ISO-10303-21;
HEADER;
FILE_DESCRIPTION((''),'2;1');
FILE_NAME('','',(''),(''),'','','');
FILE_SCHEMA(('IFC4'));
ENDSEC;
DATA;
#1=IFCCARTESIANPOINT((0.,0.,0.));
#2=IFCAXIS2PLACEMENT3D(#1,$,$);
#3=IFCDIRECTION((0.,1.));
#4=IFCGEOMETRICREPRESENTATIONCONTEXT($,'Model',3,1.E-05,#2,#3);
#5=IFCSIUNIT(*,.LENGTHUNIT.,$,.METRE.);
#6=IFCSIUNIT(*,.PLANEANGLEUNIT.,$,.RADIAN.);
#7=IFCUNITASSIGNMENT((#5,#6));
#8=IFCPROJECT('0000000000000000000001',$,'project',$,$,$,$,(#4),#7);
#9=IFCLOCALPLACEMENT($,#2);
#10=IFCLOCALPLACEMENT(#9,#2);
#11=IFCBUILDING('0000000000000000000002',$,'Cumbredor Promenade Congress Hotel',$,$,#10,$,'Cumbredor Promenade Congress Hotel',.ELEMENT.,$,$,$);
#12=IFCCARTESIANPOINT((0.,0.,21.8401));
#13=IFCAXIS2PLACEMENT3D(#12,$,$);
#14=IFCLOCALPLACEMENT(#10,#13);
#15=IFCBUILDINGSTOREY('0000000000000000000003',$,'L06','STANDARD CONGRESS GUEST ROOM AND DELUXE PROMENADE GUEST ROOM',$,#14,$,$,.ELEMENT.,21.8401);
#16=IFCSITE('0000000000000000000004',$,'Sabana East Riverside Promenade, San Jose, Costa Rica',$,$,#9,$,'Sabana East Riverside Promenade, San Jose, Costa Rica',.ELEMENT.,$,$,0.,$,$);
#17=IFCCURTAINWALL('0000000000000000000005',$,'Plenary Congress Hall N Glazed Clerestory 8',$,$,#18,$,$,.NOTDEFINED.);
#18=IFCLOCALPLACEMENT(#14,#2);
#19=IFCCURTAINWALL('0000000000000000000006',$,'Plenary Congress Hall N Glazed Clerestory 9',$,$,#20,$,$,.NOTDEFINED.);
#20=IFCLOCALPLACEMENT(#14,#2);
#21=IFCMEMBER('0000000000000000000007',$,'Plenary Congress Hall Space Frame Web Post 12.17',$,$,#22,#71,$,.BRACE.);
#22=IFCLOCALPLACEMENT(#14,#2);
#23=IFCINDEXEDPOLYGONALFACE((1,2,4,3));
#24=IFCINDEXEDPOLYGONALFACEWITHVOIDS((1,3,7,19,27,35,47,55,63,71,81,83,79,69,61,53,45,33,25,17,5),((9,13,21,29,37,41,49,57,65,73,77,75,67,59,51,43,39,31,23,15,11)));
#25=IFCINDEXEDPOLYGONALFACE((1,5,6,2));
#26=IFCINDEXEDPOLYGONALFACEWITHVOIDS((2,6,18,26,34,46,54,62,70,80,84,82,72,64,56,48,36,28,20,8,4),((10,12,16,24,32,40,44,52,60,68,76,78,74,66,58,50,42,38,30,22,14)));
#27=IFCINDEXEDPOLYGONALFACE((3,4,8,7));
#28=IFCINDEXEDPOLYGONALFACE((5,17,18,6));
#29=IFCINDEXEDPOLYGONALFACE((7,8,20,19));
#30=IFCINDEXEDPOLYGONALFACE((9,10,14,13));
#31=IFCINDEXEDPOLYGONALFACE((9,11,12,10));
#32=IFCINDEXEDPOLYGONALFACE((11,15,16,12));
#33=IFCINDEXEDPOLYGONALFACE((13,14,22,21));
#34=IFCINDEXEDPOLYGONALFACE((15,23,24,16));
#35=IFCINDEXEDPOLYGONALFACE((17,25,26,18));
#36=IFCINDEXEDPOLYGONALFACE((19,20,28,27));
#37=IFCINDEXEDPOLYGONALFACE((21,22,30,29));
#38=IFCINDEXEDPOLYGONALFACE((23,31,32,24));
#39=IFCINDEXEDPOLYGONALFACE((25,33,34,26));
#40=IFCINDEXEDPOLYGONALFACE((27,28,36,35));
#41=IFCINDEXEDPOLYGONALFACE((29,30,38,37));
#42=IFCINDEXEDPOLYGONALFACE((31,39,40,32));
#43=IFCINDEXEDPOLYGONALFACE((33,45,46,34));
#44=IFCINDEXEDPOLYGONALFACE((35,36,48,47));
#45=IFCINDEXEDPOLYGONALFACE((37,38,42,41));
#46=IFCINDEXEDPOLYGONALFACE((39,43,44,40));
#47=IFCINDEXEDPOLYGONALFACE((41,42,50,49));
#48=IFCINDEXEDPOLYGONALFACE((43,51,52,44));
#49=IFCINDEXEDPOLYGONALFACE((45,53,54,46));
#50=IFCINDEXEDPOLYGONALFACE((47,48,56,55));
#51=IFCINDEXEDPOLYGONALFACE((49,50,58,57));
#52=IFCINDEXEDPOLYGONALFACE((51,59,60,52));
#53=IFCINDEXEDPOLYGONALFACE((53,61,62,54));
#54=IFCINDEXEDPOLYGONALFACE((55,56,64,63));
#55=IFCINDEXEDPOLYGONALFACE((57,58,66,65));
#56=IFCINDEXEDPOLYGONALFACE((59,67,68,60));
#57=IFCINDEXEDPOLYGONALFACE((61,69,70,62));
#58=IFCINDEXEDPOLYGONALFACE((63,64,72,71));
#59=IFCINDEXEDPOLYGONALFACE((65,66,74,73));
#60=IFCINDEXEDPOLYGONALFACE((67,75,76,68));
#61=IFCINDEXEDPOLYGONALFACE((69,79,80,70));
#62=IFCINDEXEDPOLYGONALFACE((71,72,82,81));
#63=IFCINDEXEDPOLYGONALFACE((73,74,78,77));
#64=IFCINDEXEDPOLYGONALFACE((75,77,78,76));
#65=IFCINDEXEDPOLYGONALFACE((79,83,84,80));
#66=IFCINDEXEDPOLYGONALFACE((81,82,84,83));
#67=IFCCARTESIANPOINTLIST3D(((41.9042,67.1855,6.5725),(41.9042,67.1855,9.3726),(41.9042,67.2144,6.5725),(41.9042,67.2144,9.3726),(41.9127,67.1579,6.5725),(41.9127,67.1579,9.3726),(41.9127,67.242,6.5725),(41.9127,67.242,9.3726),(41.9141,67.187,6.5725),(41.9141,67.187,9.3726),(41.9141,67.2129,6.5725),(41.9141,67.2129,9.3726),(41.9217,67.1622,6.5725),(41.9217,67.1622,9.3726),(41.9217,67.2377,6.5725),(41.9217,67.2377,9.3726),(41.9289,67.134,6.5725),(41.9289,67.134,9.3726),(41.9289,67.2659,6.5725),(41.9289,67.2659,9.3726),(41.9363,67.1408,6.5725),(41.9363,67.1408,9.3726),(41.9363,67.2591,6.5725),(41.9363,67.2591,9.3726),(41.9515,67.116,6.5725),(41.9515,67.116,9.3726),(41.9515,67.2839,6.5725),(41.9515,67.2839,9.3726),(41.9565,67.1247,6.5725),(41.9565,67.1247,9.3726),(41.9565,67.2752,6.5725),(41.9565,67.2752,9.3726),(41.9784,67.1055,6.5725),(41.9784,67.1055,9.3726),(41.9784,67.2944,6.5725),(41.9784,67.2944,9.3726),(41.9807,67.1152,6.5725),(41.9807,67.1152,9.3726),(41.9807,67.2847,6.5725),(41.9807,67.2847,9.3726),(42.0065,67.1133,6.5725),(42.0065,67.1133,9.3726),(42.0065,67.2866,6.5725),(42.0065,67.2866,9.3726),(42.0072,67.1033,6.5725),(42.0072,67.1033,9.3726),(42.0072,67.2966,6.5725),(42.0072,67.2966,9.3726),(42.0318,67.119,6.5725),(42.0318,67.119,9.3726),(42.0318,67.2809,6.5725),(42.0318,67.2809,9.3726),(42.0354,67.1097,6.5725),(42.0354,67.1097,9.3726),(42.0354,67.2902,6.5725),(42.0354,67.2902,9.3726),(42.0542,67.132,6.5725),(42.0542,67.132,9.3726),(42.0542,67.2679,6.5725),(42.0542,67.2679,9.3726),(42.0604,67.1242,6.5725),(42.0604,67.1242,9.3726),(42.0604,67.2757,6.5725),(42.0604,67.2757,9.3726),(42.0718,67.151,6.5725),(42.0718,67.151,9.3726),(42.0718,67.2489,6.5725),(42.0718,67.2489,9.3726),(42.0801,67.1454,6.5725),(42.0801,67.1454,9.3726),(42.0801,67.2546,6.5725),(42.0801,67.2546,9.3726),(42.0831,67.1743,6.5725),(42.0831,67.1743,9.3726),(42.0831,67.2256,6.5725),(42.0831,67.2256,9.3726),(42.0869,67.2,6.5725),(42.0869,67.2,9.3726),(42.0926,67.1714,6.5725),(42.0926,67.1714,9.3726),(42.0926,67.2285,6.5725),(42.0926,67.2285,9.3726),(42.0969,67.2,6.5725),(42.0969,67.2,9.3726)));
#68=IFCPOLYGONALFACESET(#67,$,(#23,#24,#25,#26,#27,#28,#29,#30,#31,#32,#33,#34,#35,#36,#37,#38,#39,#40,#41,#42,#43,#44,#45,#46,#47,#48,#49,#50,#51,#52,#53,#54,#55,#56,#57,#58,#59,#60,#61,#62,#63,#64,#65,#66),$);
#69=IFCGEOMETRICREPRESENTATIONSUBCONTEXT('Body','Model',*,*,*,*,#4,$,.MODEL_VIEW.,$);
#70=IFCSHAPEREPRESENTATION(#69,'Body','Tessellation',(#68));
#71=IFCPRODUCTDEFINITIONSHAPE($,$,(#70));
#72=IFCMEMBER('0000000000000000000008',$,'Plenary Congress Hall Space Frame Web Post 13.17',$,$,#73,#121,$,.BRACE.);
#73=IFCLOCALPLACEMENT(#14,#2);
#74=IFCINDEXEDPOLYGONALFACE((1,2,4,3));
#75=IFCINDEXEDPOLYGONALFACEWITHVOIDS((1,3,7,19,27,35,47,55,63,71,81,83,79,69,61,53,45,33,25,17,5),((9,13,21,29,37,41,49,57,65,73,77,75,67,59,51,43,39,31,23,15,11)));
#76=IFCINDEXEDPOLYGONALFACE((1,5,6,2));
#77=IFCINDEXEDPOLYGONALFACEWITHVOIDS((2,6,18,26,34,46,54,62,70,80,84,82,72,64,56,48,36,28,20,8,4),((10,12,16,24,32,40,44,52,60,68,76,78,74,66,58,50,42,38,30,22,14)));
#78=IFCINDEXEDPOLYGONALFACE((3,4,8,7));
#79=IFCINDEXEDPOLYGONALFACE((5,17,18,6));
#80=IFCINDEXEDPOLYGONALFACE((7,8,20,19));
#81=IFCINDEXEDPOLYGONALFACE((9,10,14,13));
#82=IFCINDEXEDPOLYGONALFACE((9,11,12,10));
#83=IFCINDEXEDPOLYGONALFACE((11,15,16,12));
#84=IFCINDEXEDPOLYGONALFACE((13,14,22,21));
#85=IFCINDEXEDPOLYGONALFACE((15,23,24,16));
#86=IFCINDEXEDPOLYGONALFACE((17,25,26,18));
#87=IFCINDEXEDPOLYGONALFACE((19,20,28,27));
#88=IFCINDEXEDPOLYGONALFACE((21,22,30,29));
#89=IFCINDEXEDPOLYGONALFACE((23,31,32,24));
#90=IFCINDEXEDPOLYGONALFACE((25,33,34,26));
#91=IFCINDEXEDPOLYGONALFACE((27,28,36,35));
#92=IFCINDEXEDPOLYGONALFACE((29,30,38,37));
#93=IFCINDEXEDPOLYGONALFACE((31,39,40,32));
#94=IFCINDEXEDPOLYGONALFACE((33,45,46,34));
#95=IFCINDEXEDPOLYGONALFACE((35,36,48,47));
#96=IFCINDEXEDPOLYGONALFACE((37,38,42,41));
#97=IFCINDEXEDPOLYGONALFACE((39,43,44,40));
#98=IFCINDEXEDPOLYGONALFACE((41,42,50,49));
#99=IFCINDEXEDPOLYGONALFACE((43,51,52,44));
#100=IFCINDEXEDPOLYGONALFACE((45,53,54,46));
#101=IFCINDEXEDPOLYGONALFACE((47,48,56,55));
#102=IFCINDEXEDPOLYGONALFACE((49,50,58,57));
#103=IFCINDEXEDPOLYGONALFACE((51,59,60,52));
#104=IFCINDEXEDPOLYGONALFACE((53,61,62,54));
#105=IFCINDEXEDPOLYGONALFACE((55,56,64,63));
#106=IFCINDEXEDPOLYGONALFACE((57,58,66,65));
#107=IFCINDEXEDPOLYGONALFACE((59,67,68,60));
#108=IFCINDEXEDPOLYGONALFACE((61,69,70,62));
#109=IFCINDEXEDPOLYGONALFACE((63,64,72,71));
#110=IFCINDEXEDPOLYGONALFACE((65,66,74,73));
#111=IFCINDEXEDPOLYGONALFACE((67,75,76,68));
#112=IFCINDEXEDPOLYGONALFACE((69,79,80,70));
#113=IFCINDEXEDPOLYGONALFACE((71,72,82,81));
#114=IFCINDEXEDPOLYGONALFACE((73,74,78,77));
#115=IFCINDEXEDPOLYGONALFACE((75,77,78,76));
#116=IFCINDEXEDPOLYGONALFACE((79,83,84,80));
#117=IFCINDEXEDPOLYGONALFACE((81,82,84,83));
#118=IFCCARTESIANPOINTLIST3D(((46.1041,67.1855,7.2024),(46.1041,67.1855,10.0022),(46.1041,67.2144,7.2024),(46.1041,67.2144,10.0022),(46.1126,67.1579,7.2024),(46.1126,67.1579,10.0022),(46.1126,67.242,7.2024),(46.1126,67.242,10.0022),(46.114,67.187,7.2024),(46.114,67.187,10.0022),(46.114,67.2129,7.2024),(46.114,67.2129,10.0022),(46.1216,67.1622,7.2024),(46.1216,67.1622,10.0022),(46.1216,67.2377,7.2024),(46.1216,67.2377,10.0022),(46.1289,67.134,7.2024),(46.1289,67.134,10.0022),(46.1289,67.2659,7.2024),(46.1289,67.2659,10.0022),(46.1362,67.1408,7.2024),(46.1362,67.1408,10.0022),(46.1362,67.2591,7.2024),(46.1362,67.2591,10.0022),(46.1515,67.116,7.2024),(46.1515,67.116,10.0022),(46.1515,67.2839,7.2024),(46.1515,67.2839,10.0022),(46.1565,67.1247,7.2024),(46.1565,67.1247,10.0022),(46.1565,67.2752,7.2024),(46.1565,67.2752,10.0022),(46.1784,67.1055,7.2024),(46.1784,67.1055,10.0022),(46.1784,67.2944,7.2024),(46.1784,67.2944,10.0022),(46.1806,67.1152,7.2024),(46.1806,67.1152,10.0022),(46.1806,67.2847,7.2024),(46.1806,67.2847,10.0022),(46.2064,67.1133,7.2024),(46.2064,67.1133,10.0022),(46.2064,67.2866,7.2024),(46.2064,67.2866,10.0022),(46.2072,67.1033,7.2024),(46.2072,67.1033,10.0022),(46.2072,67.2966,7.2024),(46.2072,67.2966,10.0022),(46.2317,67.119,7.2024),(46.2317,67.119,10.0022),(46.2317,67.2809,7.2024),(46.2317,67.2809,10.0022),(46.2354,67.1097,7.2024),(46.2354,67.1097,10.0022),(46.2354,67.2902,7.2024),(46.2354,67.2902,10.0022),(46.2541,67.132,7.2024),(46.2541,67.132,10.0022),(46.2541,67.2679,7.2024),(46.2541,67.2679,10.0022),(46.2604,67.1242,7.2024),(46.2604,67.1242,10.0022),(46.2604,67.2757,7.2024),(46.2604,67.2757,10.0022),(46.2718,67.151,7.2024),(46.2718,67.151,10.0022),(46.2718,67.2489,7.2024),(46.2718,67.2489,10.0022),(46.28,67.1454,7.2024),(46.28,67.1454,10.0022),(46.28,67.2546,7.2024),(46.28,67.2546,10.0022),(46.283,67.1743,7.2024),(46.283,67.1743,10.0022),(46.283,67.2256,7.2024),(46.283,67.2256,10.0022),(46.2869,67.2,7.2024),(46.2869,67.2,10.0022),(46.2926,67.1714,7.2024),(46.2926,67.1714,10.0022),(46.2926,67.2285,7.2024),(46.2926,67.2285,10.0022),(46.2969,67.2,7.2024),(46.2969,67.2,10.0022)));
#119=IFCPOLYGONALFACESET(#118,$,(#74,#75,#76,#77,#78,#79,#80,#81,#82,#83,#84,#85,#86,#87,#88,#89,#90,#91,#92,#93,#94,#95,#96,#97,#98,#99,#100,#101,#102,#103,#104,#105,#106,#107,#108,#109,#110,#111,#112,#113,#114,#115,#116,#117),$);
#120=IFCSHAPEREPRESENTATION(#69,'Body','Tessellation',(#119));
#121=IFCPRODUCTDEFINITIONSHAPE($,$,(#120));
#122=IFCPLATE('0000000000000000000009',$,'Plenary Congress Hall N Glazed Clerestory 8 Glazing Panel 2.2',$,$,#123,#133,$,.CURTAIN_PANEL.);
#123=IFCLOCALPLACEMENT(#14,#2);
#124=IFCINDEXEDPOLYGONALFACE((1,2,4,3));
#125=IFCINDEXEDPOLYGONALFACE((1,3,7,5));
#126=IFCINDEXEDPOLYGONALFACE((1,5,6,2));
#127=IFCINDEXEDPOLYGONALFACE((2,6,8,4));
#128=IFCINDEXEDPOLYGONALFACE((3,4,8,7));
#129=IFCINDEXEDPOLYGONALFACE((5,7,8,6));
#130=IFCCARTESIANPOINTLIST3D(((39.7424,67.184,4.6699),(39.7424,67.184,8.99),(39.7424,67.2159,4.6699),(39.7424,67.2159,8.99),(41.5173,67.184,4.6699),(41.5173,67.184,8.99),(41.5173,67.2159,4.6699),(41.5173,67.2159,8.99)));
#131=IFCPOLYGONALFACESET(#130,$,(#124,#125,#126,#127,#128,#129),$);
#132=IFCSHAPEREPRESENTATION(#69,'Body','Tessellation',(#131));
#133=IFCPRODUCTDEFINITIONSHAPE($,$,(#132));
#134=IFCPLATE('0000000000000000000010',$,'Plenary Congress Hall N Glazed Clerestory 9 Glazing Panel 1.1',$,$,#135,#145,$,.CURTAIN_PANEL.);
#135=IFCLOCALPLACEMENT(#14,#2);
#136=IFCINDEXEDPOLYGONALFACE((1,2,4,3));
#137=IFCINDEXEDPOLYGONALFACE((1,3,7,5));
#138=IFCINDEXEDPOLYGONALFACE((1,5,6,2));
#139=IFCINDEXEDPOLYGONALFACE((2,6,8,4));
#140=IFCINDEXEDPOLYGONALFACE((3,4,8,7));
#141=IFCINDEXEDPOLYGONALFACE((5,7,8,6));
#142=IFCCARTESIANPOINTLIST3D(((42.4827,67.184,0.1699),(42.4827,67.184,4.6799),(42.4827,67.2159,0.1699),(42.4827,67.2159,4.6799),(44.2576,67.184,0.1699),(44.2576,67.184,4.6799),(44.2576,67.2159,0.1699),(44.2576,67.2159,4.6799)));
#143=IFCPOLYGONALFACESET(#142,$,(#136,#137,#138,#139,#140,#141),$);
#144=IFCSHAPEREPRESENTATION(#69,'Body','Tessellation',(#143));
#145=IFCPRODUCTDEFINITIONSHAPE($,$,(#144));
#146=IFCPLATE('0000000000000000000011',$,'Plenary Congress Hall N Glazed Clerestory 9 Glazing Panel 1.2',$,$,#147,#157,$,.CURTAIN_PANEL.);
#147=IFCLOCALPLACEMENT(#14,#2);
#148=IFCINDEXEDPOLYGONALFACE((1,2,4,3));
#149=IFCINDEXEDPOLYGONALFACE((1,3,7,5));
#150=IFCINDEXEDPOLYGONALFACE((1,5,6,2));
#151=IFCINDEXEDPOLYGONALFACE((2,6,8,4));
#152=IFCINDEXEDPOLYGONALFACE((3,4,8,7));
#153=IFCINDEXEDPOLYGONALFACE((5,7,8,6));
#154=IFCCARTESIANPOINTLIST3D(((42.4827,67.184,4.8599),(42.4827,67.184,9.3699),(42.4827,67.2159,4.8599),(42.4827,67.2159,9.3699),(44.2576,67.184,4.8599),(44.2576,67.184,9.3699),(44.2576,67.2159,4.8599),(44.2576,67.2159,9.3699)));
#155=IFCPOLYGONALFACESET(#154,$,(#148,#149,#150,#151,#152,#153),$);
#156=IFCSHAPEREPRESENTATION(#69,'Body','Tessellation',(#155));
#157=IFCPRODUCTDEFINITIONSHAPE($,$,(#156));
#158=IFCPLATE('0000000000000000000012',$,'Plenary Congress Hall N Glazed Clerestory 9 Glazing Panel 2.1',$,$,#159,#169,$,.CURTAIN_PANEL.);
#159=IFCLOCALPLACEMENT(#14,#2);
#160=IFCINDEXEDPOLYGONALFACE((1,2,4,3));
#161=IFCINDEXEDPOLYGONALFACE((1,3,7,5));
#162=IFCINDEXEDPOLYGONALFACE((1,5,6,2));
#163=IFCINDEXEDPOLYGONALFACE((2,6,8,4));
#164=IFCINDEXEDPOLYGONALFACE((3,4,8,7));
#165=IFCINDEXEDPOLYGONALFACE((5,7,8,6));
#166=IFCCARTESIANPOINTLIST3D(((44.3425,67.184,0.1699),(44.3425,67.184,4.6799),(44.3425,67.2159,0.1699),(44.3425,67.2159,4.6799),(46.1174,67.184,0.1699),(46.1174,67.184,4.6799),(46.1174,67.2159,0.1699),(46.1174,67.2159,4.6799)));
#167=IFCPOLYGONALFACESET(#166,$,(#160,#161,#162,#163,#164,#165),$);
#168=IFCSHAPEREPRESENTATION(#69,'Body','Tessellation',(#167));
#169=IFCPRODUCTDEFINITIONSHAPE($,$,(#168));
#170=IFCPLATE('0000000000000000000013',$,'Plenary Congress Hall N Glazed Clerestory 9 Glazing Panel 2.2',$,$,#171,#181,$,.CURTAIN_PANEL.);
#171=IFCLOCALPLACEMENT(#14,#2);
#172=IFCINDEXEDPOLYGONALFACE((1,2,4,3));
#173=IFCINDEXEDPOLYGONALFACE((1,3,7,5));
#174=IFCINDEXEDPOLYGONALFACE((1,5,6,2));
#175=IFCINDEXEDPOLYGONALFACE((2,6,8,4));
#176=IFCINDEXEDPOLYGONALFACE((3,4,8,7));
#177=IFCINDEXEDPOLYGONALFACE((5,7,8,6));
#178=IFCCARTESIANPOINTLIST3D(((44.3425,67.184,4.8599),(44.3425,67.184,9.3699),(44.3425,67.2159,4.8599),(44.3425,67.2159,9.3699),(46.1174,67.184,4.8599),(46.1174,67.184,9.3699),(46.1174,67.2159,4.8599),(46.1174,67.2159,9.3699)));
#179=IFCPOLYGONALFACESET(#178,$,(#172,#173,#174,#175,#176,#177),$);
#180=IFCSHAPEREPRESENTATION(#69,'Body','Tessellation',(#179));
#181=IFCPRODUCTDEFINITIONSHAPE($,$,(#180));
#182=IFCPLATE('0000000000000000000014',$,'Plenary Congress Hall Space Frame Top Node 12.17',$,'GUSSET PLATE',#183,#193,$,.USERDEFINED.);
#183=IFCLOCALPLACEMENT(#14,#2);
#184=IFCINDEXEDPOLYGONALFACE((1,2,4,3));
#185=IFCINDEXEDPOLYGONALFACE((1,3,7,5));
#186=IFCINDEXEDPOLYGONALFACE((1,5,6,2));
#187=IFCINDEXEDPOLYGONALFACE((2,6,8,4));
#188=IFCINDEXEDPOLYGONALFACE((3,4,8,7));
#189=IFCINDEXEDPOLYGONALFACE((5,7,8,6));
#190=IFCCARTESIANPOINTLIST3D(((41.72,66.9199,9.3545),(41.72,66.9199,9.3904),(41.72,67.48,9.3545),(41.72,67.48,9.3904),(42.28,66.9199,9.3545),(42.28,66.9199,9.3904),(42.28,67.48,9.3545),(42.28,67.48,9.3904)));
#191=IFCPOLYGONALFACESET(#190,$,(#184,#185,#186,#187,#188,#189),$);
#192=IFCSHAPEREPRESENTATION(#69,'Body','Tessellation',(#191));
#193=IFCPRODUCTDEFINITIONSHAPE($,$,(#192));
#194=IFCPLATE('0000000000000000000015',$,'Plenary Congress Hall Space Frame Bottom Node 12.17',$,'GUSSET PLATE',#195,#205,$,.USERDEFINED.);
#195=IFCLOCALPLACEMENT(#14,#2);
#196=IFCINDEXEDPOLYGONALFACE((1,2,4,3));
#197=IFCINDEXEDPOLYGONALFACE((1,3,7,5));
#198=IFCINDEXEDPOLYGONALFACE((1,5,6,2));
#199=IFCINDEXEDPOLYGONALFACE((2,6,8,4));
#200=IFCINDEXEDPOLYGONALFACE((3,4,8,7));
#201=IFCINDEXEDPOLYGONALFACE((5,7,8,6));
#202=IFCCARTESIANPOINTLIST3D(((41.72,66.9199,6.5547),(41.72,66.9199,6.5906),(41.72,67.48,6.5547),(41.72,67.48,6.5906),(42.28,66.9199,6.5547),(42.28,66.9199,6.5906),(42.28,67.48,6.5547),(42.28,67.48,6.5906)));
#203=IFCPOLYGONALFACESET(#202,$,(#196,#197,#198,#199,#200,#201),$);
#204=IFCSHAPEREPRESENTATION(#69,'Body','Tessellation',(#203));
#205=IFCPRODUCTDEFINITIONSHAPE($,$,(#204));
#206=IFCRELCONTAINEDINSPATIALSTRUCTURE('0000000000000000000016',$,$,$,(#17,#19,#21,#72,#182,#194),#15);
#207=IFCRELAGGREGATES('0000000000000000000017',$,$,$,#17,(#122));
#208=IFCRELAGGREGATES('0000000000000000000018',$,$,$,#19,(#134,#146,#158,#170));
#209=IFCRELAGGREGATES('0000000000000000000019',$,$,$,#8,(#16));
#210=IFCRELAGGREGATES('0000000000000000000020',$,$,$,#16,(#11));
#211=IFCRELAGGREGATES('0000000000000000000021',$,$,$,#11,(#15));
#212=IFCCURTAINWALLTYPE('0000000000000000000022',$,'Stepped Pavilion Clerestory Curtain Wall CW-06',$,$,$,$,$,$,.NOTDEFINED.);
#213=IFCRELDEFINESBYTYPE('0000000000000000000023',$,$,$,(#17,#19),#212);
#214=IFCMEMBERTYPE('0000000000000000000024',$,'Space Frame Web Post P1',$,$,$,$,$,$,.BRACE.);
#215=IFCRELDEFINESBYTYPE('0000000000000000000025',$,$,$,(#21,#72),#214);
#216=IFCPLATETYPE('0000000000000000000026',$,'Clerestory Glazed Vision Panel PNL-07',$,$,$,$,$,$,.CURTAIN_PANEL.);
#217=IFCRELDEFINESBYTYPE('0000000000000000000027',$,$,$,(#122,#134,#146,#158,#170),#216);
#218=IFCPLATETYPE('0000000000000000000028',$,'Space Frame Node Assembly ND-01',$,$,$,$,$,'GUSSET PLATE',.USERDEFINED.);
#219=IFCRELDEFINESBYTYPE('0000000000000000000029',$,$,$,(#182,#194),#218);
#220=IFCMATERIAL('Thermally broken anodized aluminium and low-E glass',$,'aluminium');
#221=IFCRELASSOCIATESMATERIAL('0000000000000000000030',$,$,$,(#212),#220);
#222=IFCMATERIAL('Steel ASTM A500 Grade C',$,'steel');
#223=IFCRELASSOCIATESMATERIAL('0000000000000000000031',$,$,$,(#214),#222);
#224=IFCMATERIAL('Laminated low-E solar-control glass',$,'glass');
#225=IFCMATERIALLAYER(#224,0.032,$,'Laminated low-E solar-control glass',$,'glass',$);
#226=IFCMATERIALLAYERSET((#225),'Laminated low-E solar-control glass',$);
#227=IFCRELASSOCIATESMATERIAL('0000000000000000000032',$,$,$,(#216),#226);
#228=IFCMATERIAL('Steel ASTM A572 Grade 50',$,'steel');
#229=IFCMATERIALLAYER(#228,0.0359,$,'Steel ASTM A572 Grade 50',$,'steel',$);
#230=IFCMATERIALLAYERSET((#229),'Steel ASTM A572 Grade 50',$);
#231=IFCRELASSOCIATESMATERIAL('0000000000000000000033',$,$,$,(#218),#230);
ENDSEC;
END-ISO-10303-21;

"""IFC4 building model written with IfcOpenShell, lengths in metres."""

from ifc_helpers import new_model, si_unit, direction, frame, origin, origin_2d, place, context, subcontext, project, spatial, rectangle, hollow_circle, extrude, material, layer, layer_set, material_profile, profile_set, type_object, element, aggregate, save


model = new_model("IFC4")

# Units and contexts
model_context = context("Model", 3, precision=1e-05, world=origin(), true_north=direction((0.0, 1.0)))
body_context = subcontext(model_context, "Body", "Model", "MODEL_VIEW")
ifc_project = project(units=[si_unit("LENGTHUNIT", "METRE"), si_unit("PLANEANGLEUNIT", "RADIAN")], contexts=[model_context])

# Site, building, storey
site_placement = place(None, origin())
site = spatial("IfcSite", under=ifc_project, at=site_placement, Name="Sabana East Riverside Promenade, San Jose, Costa Rica", LongName="Sabana East Riverside Promenade, San Jose, Costa Rica", CompositionType="ELEMENT", RefElevation=0.0)
building_placement = place(site_placement, origin())
building = spatial("IfcBuilding", under=site, at=building_placement, Name="Cumbredor Promenade Congress Hotel", LongName="Cumbredor Promenade Congress Hotel", CompositionType="ELEMENT")
storey_placement = place(building_placement, frame((0.0, 0.0, 21.8401)))
storey = spatial("IfcBuildingStorey", under=building, at=storey_placement, Name="L06", Description="STANDARD CONGRESS GUEST ROOM AND DELUXE PROMENADE GUEST ROOM", CompositionType="ELEMENT", Elevation=21.8401)

# Curtain wall
ifc_material_1 = material(Name="Thermally broken anodized aluminium and low-E glass", Category="aluminium")
curtain_wall_type = type_object("IfcCurtainWallType", Name="Stepped Pavilion Clerestory Curtain Wall CW-06", PredefinedType="NOTDEFINED", material=ifc_material_1)
curtain_wall_1_placement = place(storey_placement, origin())
curtain_wall_1 = element("IfcCurtainWall", 1, at=curtain_wall_1_placement, inside=storey, type_object=curtain_wall_type, Name="Plenary Congress Hall N Glazed Clerestory 8", PredefinedType="NOTDEFINED")

# Curtain wall
curtain_wall_2_placement = place(storey_placement, origin())
curtain_wall_2 = element("IfcCurtainWall", 2, at=curtain_wall_2_placement, inside=storey, type_object=curtain_wall_type, Name="Plenary Congress Hall N Glazed Clerestory 9", PredefinedType="NOTDEFINED")

# Members
ifc_material_2 = material(Name="Steel ASTM A500 Grade C", Category="steel")
ifc_material_profile_1 = material_profile(ifc_material_2, hollow_circle(Radius=0.0969, WallThickness=0.01, at=origin_2d()), Name="CHS 193.7x10")
ifc_profile_set_1 = profile_set([ifc_material_profile_1], Name="Steel ASTM A500 Grade C")
member_type_1 = type_object("IfcMemberType", Name="Space Frame Web Post P1", PredefinedType="BRACE", material=ifc_profile_set_1)
member_1_placement = place(storey_placement, frame((42.0, 67.2, 6.5725), z_axis=(0.0, 0.0, 1.0), x_axis=(1.0, 0.0, 0.0)))
element("IfcMember", 3, at=member_1_placement, inside=storey, type_object=member_type_1, Name="Plenary Congress Hall Space Frame Web Post 12.17", PredefinedType="BRACE", context=body_context, shape_type="SweptSolid", body=[
    extrude(hollow_circle(Radius=0.0969, WallThickness=0.01, at=origin_2d()), origin(), (0.0, 0.0, 1.0), 2.8),
])
member_2_placement = place(storey_placement, frame((46.2, 67.2, 7.2024), z_axis=(0.0, 0.0, 1.0), x_axis=(1.0, 0.0, 0.0)))
element("IfcMember", 4, at=member_2_placement, inside=storey, type_object=member_type_1, Name="Plenary Congress Hall Space Frame Web Post 13.17", PredefinedType="BRACE", context=body_context, shape_type="SweptSolid", body=[
    extrude(hollow_circle(Radius=0.0969, WallThickness=0.01, at=origin_2d()), origin(), (0.0, 0.0, 1.0), 2.7998),
])

# Plates
ifc_material_3 = material(Name="Laminated low-E solar-control glass", Category="glass")
ifc_layer_1 = layer(ifc_material_3, 0.032, Name="Laminated low-E solar-control glass", Category="glass")
ifc_layer_set_1 = layer_set([ifc_layer_1], Name="Laminated low-E solar-control glass")
plate_type_1 = type_object("IfcPlateType", Name="Clerestory Glazed Vision Panel PNL-07", PredefinedType="CURTAIN_PANEL", material=ifc_layer_set_1)
plate_1_placement = place(storey_placement, frame((40.6299, 67.2, 4.6699), z_axis=(0.0, 0.0, 1.0), x_axis=(1.0, 0.0, 0.0)))
plate_1 = element("IfcPlate", 5, at=plate_1_placement, type_object=plate_type_1, Name="Plenary Congress Hall N Glazed Clerestory 8 Glazing Panel 2.2", PredefinedType="CURTAIN_PANEL", context=body_context, shape_type="SweptSolid", body=[
    extrude(rectangle(XDim=1.7749, YDim=0.032, at=origin_2d()), origin(), (0.0, 0.0, 1.0), 4.3201),
])
aggregate(curtain_wall_1, [plate_1])
plate_2_placement = place(storey_placement, frame((43.3701, 67.2, 0.1699), z_axis=(0.0, 0.0, 1.0), x_axis=(1.0, 0.0, 0.0)))
plate_2 = element("IfcPlate", 6, at=plate_2_placement, type_object=plate_type_1, Name="Plenary Congress Hall N Glazed Clerestory 9 Glazing Panel 1.1", PredefinedType="CURTAIN_PANEL", context=body_context, shape_type="SweptSolid", body=[
    extrude(rectangle(XDim=1.7749, YDim=0.032, at=origin_2d()), origin(), (0.0, 0.0, 1.0), 4.51),
])
plate_3_placement = place(storey_placement, frame((43.3701, 67.2, 4.8599), z_axis=(0.0, 0.0, 1.0), x_axis=(1.0, 0.0, 0.0)))
plate_3 = element("IfcPlate", 7, at=plate_3_placement, type_object=plate_type_1, Name="Plenary Congress Hall N Glazed Clerestory 9 Glazing Panel 1.2", PredefinedType="CURTAIN_PANEL", context=body_context, shape_type="SweptSolid", body=[
    extrude(rectangle(XDim=1.7749, YDim=0.032, at=origin_2d()), origin(), (0.0, 0.0, 1.0), 4.51),
])
plate_4_placement = place(storey_placement, frame((45.23, 67.2, 0.1699), z_axis=(0.0, 0.0, 1.0), x_axis=(1.0, 0.0, 0.0)))
plate_4 = element("IfcPlate", 8, at=plate_4_placement, type_object=plate_type_1, Name="Plenary Congress Hall N Glazed Clerestory 9 Glazing Panel 2.1", PredefinedType="CURTAIN_PANEL", context=body_context, shape_type="SweptSolid", body=[
    extrude(rectangle(XDim=1.7749, YDim=0.032, at=origin_2d()), origin(), (0.0, 0.0, 1.0), 4.51),
])
plate_5_placement = place(storey_placement, frame((45.23, 67.2, 4.8599), z_axis=(0.0, 0.0, 1.0), x_axis=(1.0, 0.0, 0.0)))
plate_5 = element("IfcPlate", 9, at=plate_5_placement, type_object=plate_type_1, Name="Plenary Congress Hall N Glazed Clerestory 9 Glazing Panel 2.2", PredefinedType="CURTAIN_PANEL", context=body_context, shape_type="SweptSolid", body=[
    extrude(rectangle(XDim=1.7749, YDim=0.032, at=origin_2d()), origin(), (0.0, 0.0, 1.0), 4.51),
])
aggregate(curtain_wall_2, [plate_2, plate_3, plate_4, plate_5])

# Plates
ifc_material_4 = material(Name="Steel ASTM A572 Grade 50", Category="steel")
ifc_layer_2 = layer(ifc_material_4, 0.0359, Name="Steel ASTM A572 Grade 50", Category="steel")
ifc_layer_set_2 = layer_set([ifc_layer_2], Name="Steel ASTM A572 Grade 50")
plate_type_2 = type_object("IfcPlateType", Name="Space Frame Node Assembly ND-01", ElementType="GUSSET PLATE", PredefinedType="USERDEFINED", material=ifc_layer_set_2)
for number, where, z_axis, x_axis, name in (
    (10, (42.0, 67.2, 9.3545), (0.0, 0.0, 1.0), (1.0, 0.0, 0.0), "Plenary Congress Hall Space Frame Top Node 12.17"),
    (11, (42.0, 67.2, 6.5547), (0.0, 0.0, 1.0), (1.0, 0.0, 0.0), "Plenary Congress Hall Space Frame Bottom Node 12.17"),
):
    element("IfcPlate", number, at=place(storey_placement, frame(where, z_axis=z_axis, x_axis=x_axis)), inside=storey, type_object=plate_type_2, Name=name, ObjectType="GUSSET PLATE", PredefinedType="USERDEFINED", context=body_context, shape_type="SweptSolid", body=[
        extrude(rectangle(XDim=0.5601, YDim=0.5601, at=origin_2d()), origin(), (0.0, 0.0, 1.0), 0.0359),
    ])

save(model, "model.ifc")
